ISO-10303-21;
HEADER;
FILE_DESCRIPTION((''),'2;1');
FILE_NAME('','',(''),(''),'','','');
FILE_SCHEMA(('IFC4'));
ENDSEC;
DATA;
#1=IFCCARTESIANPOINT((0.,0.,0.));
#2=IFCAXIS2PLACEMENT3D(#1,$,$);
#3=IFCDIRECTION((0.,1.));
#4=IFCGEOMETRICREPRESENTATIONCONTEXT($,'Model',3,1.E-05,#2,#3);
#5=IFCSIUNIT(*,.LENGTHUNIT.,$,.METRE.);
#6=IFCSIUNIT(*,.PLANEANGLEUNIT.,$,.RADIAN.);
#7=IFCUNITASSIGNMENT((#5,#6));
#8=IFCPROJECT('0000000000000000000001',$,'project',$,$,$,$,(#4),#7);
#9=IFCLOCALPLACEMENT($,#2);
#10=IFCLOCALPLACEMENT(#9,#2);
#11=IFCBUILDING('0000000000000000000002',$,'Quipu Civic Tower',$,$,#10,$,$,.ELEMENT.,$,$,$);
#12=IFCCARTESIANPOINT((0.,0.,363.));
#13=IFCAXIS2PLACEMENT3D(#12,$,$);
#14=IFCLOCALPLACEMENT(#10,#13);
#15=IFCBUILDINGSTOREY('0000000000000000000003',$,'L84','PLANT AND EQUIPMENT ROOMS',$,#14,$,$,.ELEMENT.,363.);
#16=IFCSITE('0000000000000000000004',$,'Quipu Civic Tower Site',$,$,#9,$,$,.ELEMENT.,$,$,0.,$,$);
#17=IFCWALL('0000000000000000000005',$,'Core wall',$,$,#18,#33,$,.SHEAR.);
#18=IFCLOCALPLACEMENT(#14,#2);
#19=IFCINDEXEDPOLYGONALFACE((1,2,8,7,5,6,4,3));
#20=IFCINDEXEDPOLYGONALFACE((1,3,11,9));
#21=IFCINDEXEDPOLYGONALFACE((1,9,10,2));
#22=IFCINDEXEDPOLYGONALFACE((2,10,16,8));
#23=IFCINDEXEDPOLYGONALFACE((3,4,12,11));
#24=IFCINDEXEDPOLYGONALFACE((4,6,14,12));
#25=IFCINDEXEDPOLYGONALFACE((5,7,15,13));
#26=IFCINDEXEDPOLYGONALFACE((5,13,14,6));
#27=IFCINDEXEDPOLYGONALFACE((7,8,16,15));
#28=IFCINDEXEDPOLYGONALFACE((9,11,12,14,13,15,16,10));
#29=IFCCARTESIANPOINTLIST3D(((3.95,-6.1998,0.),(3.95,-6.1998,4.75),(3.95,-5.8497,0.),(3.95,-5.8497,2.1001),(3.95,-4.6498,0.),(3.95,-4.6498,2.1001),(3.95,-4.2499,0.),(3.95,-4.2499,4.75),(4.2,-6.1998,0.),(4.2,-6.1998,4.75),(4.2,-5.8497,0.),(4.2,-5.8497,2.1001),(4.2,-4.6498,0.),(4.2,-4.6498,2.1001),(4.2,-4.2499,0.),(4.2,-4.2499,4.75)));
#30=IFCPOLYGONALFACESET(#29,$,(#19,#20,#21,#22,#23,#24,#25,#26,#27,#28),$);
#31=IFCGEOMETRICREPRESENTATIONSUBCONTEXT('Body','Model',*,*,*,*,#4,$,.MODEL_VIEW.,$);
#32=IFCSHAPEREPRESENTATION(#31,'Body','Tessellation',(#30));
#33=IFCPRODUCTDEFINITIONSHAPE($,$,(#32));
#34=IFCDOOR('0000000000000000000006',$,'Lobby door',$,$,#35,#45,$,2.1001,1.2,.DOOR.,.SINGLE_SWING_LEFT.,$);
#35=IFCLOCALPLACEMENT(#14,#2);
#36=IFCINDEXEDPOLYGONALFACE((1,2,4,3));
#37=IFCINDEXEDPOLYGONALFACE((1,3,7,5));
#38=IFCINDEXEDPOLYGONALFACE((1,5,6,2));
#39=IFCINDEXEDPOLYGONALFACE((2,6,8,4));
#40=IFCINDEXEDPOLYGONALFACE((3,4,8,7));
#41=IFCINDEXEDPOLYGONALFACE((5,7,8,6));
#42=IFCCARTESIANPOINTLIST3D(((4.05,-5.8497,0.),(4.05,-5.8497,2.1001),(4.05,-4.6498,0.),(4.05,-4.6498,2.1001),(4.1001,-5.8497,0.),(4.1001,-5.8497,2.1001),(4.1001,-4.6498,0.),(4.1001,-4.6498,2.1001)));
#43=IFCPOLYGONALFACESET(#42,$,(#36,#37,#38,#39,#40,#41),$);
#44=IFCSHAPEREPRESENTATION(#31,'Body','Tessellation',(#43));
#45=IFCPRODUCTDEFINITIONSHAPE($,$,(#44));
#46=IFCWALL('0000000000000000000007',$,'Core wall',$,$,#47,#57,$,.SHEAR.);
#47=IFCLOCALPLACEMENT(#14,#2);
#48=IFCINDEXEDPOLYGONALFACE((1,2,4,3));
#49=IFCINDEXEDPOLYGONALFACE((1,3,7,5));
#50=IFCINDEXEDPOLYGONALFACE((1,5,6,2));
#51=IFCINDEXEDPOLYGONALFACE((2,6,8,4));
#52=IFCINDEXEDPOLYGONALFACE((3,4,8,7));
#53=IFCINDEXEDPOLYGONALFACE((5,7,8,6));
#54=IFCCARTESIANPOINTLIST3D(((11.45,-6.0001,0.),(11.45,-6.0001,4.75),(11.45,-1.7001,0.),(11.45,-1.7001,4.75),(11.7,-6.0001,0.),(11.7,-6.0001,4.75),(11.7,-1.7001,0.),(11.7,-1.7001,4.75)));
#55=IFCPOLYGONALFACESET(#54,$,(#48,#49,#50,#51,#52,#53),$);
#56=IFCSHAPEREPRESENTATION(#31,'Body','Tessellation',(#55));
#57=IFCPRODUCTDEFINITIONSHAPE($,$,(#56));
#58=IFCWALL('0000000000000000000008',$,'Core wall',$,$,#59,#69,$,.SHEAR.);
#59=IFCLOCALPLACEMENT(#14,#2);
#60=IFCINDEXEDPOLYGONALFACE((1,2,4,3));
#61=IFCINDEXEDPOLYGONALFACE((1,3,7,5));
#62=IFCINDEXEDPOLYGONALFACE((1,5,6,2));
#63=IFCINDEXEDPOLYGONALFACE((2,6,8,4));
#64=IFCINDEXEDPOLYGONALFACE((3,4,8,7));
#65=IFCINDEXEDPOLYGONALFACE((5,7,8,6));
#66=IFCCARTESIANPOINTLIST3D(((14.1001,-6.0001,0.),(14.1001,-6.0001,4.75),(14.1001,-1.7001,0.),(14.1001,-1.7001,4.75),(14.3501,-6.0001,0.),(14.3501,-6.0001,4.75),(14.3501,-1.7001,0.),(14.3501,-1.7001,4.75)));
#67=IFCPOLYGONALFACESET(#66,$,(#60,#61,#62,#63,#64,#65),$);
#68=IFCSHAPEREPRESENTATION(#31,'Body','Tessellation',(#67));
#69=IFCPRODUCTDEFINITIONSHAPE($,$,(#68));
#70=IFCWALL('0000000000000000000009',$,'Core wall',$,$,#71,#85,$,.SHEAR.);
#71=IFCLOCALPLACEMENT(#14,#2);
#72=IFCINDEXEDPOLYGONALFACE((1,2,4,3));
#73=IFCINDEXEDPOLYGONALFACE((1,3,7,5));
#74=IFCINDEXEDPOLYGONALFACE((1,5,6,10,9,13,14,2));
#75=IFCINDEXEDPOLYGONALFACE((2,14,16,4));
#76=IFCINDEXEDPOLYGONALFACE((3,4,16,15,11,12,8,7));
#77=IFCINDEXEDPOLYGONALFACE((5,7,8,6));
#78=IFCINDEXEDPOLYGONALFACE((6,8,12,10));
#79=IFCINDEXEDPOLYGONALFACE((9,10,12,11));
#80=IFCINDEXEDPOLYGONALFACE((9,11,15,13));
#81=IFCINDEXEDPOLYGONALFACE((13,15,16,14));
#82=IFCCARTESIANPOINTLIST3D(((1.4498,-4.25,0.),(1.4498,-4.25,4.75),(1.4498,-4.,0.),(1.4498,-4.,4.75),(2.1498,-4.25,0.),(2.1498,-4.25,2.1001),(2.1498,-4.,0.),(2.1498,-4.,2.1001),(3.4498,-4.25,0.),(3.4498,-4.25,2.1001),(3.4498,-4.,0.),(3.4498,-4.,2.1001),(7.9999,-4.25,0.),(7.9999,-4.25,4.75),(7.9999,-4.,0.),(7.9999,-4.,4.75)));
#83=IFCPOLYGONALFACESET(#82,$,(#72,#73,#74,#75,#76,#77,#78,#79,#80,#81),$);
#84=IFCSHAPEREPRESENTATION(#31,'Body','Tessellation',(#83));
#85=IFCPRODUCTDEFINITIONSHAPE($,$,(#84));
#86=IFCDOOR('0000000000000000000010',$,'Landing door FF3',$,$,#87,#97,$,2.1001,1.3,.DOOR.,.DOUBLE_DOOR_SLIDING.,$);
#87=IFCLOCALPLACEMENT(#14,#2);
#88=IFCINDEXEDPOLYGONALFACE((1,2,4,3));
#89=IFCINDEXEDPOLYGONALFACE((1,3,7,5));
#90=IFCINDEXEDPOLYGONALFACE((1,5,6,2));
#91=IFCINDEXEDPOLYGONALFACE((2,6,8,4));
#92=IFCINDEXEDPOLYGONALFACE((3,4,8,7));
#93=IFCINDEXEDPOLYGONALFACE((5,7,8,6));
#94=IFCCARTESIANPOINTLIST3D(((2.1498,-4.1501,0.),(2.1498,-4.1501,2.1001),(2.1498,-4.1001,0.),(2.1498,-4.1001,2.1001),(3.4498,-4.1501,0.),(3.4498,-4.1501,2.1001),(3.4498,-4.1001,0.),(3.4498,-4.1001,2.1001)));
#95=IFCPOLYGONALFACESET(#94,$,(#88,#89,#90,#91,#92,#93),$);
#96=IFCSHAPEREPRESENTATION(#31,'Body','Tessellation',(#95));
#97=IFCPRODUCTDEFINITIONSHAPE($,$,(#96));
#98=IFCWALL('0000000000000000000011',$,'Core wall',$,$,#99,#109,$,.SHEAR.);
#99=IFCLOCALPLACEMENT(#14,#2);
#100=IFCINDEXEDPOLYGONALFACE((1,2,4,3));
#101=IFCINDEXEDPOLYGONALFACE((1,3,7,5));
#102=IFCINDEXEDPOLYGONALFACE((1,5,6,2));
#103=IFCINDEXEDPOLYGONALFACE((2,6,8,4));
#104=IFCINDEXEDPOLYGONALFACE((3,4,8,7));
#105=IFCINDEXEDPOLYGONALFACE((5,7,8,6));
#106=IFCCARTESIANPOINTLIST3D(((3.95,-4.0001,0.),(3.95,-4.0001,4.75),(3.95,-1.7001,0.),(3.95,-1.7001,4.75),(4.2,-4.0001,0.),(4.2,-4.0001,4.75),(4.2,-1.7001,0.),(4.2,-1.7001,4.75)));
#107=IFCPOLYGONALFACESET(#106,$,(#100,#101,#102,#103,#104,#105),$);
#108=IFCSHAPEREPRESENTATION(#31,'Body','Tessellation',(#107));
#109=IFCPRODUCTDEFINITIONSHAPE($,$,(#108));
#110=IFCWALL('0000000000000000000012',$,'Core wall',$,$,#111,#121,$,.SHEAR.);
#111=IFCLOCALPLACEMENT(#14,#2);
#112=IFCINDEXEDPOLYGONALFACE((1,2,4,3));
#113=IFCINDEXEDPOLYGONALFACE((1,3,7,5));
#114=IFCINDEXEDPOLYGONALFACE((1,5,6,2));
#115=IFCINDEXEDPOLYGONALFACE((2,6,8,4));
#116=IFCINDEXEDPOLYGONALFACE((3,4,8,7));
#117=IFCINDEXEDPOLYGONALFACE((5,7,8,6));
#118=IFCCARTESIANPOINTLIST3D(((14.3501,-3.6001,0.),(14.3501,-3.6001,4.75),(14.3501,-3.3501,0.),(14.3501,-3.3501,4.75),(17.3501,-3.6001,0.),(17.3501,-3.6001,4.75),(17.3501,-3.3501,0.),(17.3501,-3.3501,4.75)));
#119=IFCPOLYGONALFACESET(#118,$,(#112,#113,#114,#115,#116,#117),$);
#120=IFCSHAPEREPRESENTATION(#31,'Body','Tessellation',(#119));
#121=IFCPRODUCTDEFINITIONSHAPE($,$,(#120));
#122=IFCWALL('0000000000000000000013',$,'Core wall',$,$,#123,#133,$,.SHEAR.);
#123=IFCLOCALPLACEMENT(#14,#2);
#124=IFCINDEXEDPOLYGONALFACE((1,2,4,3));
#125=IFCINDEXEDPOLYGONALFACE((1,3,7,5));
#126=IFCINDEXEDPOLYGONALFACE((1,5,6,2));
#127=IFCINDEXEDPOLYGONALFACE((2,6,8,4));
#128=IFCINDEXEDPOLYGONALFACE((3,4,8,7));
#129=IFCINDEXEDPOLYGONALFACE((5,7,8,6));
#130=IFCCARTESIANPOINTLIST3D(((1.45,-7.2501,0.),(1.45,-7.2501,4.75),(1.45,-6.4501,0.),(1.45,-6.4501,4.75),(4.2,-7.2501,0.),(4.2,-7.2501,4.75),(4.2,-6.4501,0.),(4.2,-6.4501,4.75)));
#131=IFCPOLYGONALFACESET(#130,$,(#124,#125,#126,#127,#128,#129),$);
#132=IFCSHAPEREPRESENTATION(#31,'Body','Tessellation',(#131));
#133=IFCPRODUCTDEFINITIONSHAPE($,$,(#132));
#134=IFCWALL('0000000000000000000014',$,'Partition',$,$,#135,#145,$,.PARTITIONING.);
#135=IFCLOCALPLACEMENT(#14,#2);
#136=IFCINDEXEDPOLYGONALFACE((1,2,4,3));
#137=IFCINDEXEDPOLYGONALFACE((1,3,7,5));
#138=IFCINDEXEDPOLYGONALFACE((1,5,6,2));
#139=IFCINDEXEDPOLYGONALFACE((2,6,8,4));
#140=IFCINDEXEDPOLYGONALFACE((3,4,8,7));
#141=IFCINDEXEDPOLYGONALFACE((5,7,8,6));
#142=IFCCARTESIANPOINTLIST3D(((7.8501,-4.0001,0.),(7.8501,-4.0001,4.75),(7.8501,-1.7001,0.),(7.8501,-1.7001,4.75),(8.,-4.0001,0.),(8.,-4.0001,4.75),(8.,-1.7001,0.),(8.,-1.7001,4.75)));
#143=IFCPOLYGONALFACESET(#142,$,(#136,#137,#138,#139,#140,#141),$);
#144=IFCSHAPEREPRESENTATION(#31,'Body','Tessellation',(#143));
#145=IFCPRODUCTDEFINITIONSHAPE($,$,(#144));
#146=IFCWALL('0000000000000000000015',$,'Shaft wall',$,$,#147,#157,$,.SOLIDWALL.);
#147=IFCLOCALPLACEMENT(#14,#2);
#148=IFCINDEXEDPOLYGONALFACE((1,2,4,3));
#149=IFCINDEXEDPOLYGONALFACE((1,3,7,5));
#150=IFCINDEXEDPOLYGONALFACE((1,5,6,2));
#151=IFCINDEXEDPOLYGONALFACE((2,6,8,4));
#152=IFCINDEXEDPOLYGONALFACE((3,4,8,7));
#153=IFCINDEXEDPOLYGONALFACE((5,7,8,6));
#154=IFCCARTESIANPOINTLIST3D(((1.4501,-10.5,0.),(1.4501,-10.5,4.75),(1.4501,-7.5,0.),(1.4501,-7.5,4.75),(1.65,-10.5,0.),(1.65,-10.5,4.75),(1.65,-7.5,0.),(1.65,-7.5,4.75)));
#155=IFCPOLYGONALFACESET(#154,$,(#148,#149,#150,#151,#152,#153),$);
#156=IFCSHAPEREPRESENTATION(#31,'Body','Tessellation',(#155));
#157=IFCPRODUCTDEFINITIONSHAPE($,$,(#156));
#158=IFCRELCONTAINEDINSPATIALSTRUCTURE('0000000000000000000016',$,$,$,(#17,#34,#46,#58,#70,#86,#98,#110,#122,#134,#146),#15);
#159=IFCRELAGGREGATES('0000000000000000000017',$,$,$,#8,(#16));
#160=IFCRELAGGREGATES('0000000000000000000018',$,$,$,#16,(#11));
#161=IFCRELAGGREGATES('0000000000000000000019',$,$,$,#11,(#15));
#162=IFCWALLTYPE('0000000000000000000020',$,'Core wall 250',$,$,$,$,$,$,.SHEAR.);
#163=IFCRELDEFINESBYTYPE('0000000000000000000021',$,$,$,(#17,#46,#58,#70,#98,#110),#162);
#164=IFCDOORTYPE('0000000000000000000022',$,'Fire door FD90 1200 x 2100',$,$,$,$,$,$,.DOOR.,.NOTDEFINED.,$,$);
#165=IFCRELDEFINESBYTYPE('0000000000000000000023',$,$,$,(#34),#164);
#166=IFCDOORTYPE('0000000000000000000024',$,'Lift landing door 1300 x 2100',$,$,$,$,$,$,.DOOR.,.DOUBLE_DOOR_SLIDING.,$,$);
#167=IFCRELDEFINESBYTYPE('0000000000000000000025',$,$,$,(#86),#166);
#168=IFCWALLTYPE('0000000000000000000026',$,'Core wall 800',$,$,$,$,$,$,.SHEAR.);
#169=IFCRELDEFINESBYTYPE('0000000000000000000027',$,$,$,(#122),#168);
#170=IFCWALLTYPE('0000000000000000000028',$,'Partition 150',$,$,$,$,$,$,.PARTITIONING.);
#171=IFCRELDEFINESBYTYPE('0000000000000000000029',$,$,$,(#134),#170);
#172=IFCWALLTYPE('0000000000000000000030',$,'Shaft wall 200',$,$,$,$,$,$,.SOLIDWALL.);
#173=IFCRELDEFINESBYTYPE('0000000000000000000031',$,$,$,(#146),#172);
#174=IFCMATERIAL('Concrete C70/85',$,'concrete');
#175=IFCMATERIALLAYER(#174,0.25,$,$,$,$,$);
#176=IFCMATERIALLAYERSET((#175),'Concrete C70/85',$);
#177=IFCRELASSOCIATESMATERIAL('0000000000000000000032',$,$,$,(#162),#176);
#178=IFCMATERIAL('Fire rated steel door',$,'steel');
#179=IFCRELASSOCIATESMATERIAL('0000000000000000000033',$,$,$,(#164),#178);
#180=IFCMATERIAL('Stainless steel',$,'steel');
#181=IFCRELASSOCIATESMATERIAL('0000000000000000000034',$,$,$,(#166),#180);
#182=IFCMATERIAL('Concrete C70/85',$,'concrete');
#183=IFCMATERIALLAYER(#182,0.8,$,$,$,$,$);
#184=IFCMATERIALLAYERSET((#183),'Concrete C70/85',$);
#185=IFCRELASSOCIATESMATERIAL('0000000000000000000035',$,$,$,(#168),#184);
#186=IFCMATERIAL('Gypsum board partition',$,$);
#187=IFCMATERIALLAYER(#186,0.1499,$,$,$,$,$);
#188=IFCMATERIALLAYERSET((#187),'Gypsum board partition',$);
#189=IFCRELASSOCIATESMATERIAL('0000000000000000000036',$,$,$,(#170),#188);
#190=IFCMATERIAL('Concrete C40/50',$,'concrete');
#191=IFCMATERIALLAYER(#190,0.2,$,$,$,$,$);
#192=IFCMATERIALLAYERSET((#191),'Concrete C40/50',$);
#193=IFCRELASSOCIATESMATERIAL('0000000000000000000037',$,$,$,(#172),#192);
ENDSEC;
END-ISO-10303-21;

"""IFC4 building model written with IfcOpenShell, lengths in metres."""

from ifc_helpers import new_model, si_unit, direction, frame, frame_2d, origin, place, context, subcontext, project, spatial, rectangle, extrude, material, layer, layer_set, type_object, element, fill, save


model = new_model("IFC4")

# Units and contexts
model_context = context("Model", 3, precision=1e-05, world=origin(), true_north=direction((0.0, 1.0)))
body_context = subcontext(model_context, "Body", "Model", "MODEL_VIEW")
ifc_project = project(units=[si_unit("LENGTHUNIT", "METRE"), si_unit("PLANEANGLEUNIT", "RADIAN")], contexts=[model_context])

# Site, building, storey
site_placement = place(None, origin())
site = spatial("IfcSite", under=ifc_project, at=site_placement, Name="Quipu Civic Tower Site", CompositionType="ELEMENT", RefElevation=0.0)
building_placement = place(site_placement, origin())
building = spatial("IfcBuilding", under=site, at=building_placement, Name="Quipu Civic Tower", CompositionType="ELEMENT")
storey_placement = place(building_placement, frame((0.0, 0.0, 363.0)))
storey = spatial("IfcBuildingStorey", under=building, at=storey_placement, Name="L84", Description="PLANT AND EQUIPMENT ROOMS", CompositionType="ELEMENT", Elevation=363.0)

# Shared definitions
ifc_material_1 = material(Name="Concrete C70/85", Category="concrete")
ifc_layer_1 = layer(ifc_material_1, 0.25)
ifc_layer_set_1 = layer_set([ifc_layer_1], Name="Concrete C70/85")
wall_type_1 = type_object("IfcWallType", Name="Core wall 250", PredefinedType="SHEAR", material=ifc_layer_set_1)

# Wall, opening, door
wall_1_placement = place(storey_placement, frame((4.075, -6.2, 0.0), z_axis=(0.0, 0.0, 1.0), x_axis=(0.0, 1.0, 0.0)))
wall_1 = element("IfcWall", 1, at=wall_1_placement, inside=storey, type_object=wall_type_1, Name="Core wall", PredefinedType="SHEAR", context=body_context, shape_type="SweptSolid", body=[
    extrude(rectangle(XDim=1.95, YDim=0.25, at=frame_2d((0.9751, 0.0))), origin(), (0.0, 0.0, 1.0), 4.75),
])
opening_1_placement = place(wall_1_placement, frame((0.3501, 0.0, 0.0)))
opening_1 = element("IfcOpeningElement", 2, at=opening_1_placement, cuts=wall_1, PredefinedType="OPENING", context=body_context, shape_type="SweptSolid", body=[
    extrude(rectangle(XDim=1.2, YDim=2.1001, at=frame_2d((0.6001, 1.05))), frame((0.0, 0.135, 0.0), z_axis=(0.0, -1.0, 0.0), x_axis=(1.0, 0.0, 0.0)), (0.0, 0.0, 1.0), 0.27),
])
ifc_material_2 = material(Name="Fire rated steel door", Category="steel")
door_type_1 = type_object("IfcDoorType", Name="Fire door FD90 1200 x 2100", OperationType="NOTDEFINED", PredefinedType="DOOR", material=ifc_material_2)
door_1_placement = place(opening_1_placement, origin())
door_1 = element("IfcDoor", 3, at=door_1_placement, inside=storey, type_object=door_type_1, Name="Lobby door", OperationType="SINGLE_SWING_LEFT", OverallHeight=2.1001, OverallWidth=1.2, PredefinedType="DOOR", context=body_context, shape_type="SweptSolid", body=[
    extrude(rectangle(XDim=1.2, YDim=2.1001, at=frame_2d((0.6001, 1.05))), frame((0.0, 0.0249, 0.0), z_axis=(0.0, -1.0, 0.0), x_axis=(1.0, 0.0, 0.0)), (0.0, 0.0, 1.0), 0.05),
])
fill(opening_1, door_1)

# Walls
for number, where, z_axis, x_axis, name in (
    (4, (11.575, -6.0, 0.0), (0.0, 0.0, 1.0), (0.0, 1.0, 0.0), "Core wall"),
    (5, (14.2251, -6.0, 0.0), (0.0, 0.0, 1.0), (0.0, 1.0, 0.0), "Core wall"),
):
    element("IfcWall", number, at=place(storey_placement, frame(where, z_axis=z_axis, x_axis=x_axis)), inside=storey, type_object=wall_type_1, Name=name, PredefinedType="SHEAR", context=body_context, shape_type="SweptSolid", body=[
        extrude(rectangle(XDim=4.3, YDim=0.25, at=frame_2d((2.1499, 0.0))), origin(), (0.0, 0.0, 1.0), 4.75),
    ])

# Wall, opening, door
wall_2_placement = place(storey_placement, frame((1.45, -4.125, 0.0), z_axis=(0.0, 0.0, 1.0), x_axis=(1.0, 0.0, 0.0)))
wall_2 = element("IfcWall", 6, at=wall_2_placement, inside=storey, type_object=wall_type_1, Name="Core wall", PredefinedType="SHEAR", context=body_context, shape_type="SweptSolid", body=[
    extrude(rectangle(XDim=6.55, YDim=0.25, at=frame_2d((3.2749, 0.0))), origin(), (0.0, 0.0, 1.0), 4.75),
])
opening_2_placement = place(wall_2_placement, frame((0.7, 0.0, 0.0)))
opening_2 = element("IfcOpeningElement", 7, at=opening_2_placement, cuts=wall_2, PredefinedType="OPENING", context=body_context, shape_type="SweptSolid", body=[
    extrude(rectangle(XDim=1.3, YDim=2.1001, at=frame_2d((0.6499, 1.05))), frame((0.0, 0.135, 0.0), z_axis=(0.0, -1.0, 0.0), x_axis=(1.0, 0.0, 0.0)), (0.0, 0.0, 1.0), 0.27),
])
ifc_material_3 = material(Name="Stainless steel", Category="steel")
door_type_2 = type_object("IfcDoorType", Name="Lift landing door 1300 x 2100", OperationType="DOUBLE_DOOR_SLIDING", PredefinedType="DOOR", material=ifc_material_3)
door_2_placement = place(opening_2_placement, origin())
door_2 = element("IfcDoor", 8, at=door_2_placement, inside=storey, type_object=door_type_2, Name="Landing door FF3", OperationType="DOUBLE_DOOR_SLIDING", OverallHeight=2.1001, OverallWidth=1.3, PredefinedType="DOOR", context=body_context, shape_type="SweptSolid", body=[
    extrude(rectangle(XDim=1.3, YDim=2.1001, at=frame_2d((0.6499, 1.05))), frame((0.0, 0.0249, 0.0), z_axis=(0.0, -1.0, 0.0), x_axis=(1.0, 0.0, 0.0)), (0.0, 0.0, 1.0), 0.05),
])
fill(opening_2, door_2)

# Walls
wall_3_placement = place(storey_placement, frame((4.075, -4.0, 0.0), z_axis=(0.0, 0.0, 1.0), x_axis=(0.0, 1.0, 0.0)))
element("IfcWall", 9, at=wall_3_placement, inside=storey, type_object=wall_type_1, Name="Core wall", PredefinedType="SHEAR", context=body_context, shape_type="SweptSolid", body=[
    extrude(rectangle(XDim=2.3, YDim=0.25, at=frame_2d((1.1499, 0.0))), origin(), (0.0, 0.0, 1.0), 4.75),
])
wall_4_placement = place(storey_placement, frame((14.3501, -3.4751, 0.0), z_axis=(0.0, 0.0, 1.0), x_axis=(1.0, 0.0, 0.0)))
element("IfcWall", 10, at=wall_4_placement, inside=storey, type_object=wall_type_1, Name="Core wall", PredefinedType="SHEAR", context=body_context, shape_type="SweptSolid", body=[
    extrude(rectangle(XDim=3.0, YDim=0.25, at=frame_2d((1.5, 0.0))), origin(), (0.0, 0.0, 1.0), 4.75),
])
ifc_material_4 = material(Name="Concrete C70/85", Category="concrete")
ifc_layer_2 = layer(ifc_material_4, 0.8)
ifc_layer_set_2 = layer_set([ifc_layer_2], Name="Concrete C70/85")
wall_type_2 = type_object("IfcWallType", Name="Core wall 800", PredefinedType="SHEAR", material=ifc_layer_set_2)
wall_5_placement = place(storey_placement, frame((1.45, -6.8501, 0.0), z_axis=(0.0, 0.0, 1.0), x_axis=(1.0, 0.0, 0.0)))
element("IfcWall", 11, at=wall_5_placement, inside=storey, type_object=wall_type_2, Name="Core wall", PredefinedType="SHEAR", context=body_context, shape_type="SweptSolid", body=[
    extrude(rectangle(XDim=2.75, YDim=0.8, at=frame_2d((1.375, 0.0))), origin(), (0.0, 0.0, 1.0), 4.75),
])
ifc_material_5 = material(Name="Gypsum board partition")
ifc_layer_3 = layer(ifc_material_5, 0.1499)
ifc_layer_set_3 = layer_set([ifc_layer_3], Name="Gypsum board partition")
wall_type_3 = type_object("IfcWallType", Name="Partition 150", PredefinedType="PARTITIONING", material=ifc_layer_set_3)
wall_6_placement = place(storey_placement, frame((7.925, -4.0, 0.0), z_axis=(0.0, 0.0, 1.0), x_axis=(0.0, 1.0, 0.0)))
element("IfcWall", 12, at=wall_6_placement, inside=storey, type_object=wall_type_3, Name="Partition", PredefinedType="PARTITIONING", context=body_context, shape_type="SweptSolid", body=[
    extrude(rectangle(XDim=2.3, YDim=0.1499, at=frame_2d((1.1499, 0.0))), origin(), (0.0, 0.0, 1.0), 4.75),
])
ifc_material_6 = material(Name="Concrete C40/50", Category="concrete")
ifc_layer_4 = layer(ifc_material_6, 0.2)
ifc_layer_set_4 = layer_set([ifc_layer_4], Name="Concrete C40/50")
wall_type_4 = type_object("IfcWallType", Name="Shaft wall 200", PredefinedType="SOLIDWALL", material=ifc_layer_set_4)
wall_7_placement = place(storey_placement, frame((1.55, -10.5, 0.0), z_axis=(0.0, 0.0, 1.0), x_axis=(0.0, 1.0, 0.0)))
element("IfcWall", 13, at=wall_7_placement, inside=storey, type_object=wall_type_4, Name="Shaft wall", PredefinedType="SOLIDWALL", context=body_context, shape_type="SweptSolid", body=[
    extrude(rectangle(XDim=3.0, YDim=0.2, at=frame_2d((1.5, 0.0))), origin(), (0.0, 0.0, 1.0), 4.75),
])

save(model, "model.ifc")
